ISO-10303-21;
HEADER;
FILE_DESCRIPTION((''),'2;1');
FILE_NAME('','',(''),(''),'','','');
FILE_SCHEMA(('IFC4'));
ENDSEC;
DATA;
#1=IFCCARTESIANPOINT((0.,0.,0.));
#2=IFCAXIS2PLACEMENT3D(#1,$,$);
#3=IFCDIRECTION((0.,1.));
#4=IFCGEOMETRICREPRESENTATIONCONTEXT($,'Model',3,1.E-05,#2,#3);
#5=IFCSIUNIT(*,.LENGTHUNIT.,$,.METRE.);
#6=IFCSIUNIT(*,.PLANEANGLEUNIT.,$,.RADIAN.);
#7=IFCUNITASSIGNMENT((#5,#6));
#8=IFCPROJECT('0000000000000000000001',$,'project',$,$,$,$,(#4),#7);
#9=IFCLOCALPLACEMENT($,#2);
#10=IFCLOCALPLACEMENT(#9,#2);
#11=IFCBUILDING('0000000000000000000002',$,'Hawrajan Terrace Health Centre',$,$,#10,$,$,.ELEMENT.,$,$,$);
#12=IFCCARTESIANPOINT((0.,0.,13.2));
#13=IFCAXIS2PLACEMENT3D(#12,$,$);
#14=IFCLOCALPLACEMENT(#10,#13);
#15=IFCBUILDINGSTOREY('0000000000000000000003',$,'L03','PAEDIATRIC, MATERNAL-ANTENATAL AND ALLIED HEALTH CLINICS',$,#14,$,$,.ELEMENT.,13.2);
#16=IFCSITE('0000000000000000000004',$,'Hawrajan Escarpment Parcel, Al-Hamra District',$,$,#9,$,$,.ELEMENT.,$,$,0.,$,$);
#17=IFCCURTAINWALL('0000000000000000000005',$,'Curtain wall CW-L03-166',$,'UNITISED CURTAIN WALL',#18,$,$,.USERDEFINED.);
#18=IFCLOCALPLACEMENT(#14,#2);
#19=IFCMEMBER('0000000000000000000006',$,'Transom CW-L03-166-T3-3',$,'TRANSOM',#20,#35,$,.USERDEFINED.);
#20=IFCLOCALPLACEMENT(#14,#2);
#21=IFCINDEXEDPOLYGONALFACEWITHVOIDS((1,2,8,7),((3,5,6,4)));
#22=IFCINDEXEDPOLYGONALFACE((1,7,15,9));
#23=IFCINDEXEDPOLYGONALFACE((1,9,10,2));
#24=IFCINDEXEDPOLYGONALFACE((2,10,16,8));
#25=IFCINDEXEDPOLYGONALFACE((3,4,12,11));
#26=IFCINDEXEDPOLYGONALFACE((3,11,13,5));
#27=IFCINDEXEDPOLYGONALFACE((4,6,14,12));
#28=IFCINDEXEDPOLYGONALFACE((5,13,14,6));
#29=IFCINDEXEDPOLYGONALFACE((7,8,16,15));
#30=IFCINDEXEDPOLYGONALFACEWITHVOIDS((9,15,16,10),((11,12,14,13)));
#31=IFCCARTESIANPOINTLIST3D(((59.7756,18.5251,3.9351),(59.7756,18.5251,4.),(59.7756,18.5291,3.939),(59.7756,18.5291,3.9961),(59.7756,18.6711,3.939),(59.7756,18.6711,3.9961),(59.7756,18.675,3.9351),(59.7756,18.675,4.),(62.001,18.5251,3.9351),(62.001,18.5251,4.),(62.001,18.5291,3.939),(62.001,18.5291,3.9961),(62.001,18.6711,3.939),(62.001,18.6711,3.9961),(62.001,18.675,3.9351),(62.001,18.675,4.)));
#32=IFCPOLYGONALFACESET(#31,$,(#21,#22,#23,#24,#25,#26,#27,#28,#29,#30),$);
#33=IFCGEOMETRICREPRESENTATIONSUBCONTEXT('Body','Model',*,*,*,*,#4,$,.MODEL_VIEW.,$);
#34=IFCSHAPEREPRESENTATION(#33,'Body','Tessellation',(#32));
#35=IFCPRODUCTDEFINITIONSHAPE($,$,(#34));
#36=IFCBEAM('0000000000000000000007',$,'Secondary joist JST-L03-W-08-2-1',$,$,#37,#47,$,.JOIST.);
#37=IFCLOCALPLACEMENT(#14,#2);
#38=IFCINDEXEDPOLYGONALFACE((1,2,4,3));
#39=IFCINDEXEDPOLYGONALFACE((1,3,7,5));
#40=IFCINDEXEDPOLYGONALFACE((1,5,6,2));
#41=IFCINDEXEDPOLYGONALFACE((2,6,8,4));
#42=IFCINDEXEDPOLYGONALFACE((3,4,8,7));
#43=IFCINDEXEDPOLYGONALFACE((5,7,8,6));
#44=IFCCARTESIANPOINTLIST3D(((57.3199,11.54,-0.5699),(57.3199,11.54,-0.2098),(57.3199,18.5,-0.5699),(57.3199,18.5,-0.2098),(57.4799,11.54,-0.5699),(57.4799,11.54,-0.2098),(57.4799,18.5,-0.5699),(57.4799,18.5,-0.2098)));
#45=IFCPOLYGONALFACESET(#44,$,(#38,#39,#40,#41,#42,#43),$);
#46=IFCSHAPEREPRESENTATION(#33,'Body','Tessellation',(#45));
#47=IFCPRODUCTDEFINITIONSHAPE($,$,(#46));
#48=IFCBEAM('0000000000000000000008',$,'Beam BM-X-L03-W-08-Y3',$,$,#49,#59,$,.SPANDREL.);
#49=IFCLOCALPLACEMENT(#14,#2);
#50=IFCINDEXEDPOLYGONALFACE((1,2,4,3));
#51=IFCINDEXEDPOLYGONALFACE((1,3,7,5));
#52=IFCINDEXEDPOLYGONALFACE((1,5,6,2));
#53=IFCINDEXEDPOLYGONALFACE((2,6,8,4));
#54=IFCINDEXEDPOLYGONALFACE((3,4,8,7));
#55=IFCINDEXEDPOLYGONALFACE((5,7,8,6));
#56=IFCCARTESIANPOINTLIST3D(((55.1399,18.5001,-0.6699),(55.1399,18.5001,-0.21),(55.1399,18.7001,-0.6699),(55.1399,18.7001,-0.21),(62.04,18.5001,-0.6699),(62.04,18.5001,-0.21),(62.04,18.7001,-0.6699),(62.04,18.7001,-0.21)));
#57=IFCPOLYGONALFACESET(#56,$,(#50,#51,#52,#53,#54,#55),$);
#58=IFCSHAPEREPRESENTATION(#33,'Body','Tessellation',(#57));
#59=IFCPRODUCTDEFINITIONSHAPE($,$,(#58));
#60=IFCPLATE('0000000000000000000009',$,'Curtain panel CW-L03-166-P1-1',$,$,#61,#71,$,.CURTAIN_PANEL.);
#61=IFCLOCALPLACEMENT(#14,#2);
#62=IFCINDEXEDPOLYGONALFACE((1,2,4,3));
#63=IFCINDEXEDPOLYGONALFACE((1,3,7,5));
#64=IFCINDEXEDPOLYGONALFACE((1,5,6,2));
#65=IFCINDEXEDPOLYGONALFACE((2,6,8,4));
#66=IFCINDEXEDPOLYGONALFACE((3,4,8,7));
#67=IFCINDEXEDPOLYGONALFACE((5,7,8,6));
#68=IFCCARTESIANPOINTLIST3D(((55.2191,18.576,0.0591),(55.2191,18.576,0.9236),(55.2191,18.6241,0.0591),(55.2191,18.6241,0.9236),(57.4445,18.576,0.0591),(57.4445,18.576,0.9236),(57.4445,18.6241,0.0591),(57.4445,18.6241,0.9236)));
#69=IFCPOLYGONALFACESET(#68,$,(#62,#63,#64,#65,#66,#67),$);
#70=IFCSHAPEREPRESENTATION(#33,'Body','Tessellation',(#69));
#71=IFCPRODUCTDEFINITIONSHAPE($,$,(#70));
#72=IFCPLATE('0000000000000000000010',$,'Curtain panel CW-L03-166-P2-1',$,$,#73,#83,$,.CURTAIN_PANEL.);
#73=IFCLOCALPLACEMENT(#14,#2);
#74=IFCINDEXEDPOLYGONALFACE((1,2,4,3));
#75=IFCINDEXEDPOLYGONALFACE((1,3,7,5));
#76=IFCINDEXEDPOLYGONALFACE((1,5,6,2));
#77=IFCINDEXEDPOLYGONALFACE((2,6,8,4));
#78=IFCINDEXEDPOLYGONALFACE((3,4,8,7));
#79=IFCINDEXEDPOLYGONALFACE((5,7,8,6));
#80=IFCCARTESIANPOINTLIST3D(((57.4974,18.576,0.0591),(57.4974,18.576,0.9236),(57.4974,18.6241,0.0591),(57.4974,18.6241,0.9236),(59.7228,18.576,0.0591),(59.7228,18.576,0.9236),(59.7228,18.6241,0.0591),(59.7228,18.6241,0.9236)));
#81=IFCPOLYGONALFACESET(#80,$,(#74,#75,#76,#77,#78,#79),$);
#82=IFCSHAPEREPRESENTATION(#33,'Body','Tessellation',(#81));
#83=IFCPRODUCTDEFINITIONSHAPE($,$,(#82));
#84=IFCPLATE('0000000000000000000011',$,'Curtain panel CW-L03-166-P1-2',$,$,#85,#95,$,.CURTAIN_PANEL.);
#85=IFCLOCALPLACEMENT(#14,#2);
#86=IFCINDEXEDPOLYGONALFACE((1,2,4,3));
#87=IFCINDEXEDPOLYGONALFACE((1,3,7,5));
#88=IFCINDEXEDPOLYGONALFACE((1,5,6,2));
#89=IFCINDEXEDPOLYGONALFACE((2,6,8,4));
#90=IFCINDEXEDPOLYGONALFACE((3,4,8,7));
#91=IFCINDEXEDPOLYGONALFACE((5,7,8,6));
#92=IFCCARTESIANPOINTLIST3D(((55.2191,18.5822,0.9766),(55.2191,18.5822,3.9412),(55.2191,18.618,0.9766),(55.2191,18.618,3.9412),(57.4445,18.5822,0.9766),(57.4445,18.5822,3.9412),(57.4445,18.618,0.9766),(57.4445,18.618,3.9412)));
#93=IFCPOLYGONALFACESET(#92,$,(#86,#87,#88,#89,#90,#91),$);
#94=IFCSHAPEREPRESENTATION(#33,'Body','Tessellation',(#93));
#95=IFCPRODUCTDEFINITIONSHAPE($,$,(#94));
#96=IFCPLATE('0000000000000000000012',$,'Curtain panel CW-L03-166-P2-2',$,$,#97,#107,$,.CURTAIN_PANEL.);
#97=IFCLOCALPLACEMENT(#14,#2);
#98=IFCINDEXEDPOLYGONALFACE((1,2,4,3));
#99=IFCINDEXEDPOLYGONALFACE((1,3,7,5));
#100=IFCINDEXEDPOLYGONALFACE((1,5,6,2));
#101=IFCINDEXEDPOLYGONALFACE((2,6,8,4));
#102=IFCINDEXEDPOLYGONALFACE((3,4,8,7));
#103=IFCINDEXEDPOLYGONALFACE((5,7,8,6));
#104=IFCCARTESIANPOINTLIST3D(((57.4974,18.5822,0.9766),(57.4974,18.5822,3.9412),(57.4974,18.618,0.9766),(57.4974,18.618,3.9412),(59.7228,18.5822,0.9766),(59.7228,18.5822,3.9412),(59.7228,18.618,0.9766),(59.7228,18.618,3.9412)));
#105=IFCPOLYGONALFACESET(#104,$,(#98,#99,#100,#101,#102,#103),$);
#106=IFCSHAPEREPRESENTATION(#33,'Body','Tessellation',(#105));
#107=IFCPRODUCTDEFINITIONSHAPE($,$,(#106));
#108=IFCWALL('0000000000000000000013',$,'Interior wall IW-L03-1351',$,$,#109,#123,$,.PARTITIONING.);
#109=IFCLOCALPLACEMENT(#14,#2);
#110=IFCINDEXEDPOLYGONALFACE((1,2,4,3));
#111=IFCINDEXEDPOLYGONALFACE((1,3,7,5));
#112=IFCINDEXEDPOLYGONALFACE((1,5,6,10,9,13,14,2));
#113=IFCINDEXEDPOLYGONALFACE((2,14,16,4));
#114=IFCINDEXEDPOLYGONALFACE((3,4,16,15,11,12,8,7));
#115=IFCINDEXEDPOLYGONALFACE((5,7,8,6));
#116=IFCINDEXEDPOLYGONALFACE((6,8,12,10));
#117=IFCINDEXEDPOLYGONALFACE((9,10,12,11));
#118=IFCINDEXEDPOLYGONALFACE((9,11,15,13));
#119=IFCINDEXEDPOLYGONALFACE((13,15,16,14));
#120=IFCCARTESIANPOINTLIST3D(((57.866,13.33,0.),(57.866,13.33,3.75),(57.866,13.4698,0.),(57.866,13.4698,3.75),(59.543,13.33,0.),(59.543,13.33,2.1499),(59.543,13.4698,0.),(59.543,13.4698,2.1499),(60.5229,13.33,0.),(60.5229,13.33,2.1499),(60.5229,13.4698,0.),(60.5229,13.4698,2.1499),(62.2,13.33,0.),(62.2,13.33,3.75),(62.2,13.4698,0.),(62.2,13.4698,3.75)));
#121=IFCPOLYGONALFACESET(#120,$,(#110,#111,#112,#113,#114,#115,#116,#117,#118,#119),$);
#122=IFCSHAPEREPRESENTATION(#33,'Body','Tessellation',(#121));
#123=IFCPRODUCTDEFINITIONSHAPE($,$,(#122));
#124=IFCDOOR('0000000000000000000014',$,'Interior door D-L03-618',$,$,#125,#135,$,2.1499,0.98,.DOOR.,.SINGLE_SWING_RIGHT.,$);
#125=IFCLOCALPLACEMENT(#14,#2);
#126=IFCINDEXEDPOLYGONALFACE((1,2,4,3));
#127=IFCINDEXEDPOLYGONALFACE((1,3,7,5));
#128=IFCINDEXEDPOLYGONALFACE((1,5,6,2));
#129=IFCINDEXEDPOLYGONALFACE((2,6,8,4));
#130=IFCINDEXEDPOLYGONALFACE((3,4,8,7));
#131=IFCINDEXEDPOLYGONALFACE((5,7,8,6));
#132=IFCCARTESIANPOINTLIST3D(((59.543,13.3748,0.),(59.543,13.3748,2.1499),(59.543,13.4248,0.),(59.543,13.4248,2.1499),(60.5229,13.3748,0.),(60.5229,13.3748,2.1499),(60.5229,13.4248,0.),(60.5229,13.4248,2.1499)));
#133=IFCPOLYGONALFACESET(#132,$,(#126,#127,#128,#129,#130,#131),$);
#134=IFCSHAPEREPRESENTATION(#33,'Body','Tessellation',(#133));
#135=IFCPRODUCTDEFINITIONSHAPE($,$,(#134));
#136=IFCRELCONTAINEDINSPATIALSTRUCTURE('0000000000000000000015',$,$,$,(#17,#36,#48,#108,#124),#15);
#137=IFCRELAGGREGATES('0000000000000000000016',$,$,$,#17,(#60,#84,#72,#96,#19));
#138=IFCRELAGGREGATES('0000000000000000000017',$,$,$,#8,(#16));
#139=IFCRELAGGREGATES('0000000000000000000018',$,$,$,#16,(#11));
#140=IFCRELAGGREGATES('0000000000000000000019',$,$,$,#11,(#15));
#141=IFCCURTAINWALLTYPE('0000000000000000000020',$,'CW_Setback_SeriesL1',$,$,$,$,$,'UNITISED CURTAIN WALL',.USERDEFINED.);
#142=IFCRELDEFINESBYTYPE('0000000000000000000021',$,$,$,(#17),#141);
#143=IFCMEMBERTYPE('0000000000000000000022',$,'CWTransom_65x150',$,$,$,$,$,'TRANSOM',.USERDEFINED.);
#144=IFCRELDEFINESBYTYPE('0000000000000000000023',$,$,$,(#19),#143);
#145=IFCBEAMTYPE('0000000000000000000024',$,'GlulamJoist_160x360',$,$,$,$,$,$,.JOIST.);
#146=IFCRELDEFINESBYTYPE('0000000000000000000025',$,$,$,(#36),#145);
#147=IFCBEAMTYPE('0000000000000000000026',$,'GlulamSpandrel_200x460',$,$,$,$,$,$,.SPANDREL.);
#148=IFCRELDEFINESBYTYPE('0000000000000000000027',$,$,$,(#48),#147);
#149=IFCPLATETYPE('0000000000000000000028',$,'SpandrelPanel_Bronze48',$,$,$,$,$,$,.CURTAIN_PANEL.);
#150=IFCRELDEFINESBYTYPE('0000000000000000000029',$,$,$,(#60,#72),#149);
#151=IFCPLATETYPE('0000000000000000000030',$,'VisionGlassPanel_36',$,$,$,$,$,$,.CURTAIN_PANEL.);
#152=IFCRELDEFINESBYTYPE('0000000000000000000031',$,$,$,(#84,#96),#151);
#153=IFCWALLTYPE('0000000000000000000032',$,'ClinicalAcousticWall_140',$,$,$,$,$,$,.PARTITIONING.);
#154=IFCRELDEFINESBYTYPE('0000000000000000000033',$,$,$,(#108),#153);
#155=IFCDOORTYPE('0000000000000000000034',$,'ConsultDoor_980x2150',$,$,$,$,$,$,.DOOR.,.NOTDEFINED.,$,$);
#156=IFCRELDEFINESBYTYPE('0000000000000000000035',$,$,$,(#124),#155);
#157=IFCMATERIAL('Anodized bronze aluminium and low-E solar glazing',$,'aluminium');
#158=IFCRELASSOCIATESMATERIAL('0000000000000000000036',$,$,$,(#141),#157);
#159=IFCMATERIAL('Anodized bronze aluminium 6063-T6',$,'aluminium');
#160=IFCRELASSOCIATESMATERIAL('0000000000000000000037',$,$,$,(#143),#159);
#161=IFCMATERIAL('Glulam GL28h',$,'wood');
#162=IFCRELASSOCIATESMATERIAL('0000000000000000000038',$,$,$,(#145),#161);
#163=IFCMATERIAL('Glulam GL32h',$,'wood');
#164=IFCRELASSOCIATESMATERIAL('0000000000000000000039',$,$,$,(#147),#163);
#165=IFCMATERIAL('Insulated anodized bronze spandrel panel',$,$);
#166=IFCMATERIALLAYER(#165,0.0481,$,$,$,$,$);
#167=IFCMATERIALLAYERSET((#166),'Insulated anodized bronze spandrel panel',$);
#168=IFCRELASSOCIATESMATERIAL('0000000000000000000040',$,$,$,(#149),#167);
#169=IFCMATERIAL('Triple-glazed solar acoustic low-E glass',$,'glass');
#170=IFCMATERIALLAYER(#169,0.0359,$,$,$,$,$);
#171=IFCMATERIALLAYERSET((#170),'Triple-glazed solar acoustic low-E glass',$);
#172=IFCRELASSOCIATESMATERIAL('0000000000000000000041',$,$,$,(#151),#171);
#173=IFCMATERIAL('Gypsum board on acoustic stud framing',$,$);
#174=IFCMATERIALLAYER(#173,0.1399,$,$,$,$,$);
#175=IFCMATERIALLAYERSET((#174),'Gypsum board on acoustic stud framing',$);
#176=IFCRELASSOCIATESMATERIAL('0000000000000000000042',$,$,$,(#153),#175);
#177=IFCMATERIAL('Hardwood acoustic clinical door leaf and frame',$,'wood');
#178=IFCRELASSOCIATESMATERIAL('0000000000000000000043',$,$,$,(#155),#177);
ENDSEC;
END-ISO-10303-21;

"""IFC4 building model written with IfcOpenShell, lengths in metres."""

from ifc_helpers import new_model, si_unit, direction, frame, frame_2d, origin, origin_2d, place, context, subcontext, project, spatial, rectangle, hollow_rectangle, extrude, material, layer, layer_set, material_profile, profile_set, type_object, element, fill, aggregate, save


model = new_model("IFC4")

# Units and contexts
model_context = context("Model", 3, precision=1e-05, world=origin(), true_north=direction((0.0, 1.0)))
body_context = subcontext(model_context, "Body", "Model", "MODEL_VIEW")
ifc_project = project(units=[si_unit("LENGTHUNIT", "METRE"), si_unit("PLANEANGLEUNIT", "RADIAN")], contexts=[model_context])

# Site, building, storey
site_placement = place(None, origin())
site = spatial("IfcSite", under=ifc_project, at=site_placement, Name="Hawrajan Escarpment Parcel, Al-Hamra District", CompositionType="ELEMENT", RefElevation=0.0)
building_placement = place(site_placement, origin())
building = spatial("IfcBuilding", under=site, at=building_placement, Name="Hawrajan Terrace Health Centre", CompositionType="ELEMENT")
storey_placement = place(building_placement, frame((0.0, 0.0, 13.2)))
storey = spatial("IfcBuildingStorey", under=building, at=storey_placement, Name="L03", Description="PAEDIATRIC, MATERNAL-ANTENATAL AND ALLIED HEALTH CLINICS", CompositionType="ELEMENT", Elevation=13.2)

# Curtain wall, member
ifc_material_1 = material(Name="Anodized bronze aluminium and low-E solar glazing", Category="aluminium")
curtain_wall_type = type_object("IfcCurtainWallType", Name="CW_Setback_SeriesL1", ElementType="UNITISED CURTAIN WALL", PredefinedType="USERDEFINED", material=ifc_material_1)
curtain_wall_placement = place(storey_placement, origin())
curtain_wall = element("IfcCurtainWall", 1, at=curtain_wall_placement, inside=storey, type_object=curtain_wall_type, Name="Curtain wall CW-L03-166", ObjectType="UNITISED CURTAIN WALL", PredefinedType="USERDEFINED")
ifc_material_2 = material(Name="Anodized bronze aluminium 6063-T6", Category="aluminium")
ifc_material_profile_1 = material_profile(ifc_material_2, hollow_rectangle(XDim=0.0649, YDim=0.1499, WallThickness=0.0039, at=origin_2d()), Name="CW TRN 65x150")
ifc_profile_set_1 = profile_set([ifc_material_profile_1], Name="Anodized bronze aluminium 6063-T6")
member_type_1 = type_object("IfcMemberType", Name="CWTransom_65x150", ElementType="TRANSOM", PredefinedType="USERDEFINED", material=ifc_profile_set_1)
member_1_placement = place(storey_placement, frame((59.7756, 18.6001, 3.9675), z_axis=(1.0, 0.0, 0.0), x_axis=(0.0, 0.0, 1.0)))
member_1 = element("IfcMember", 2, at=member_1_placement, type_object=member_type_1, Name="Transom CW-L03-166-T3-3", ObjectType="TRANSOM", PredefinedType="USERDEFINED", context=body_context, shape_type="SweptSolid", body=[
    extrude(hollow_rectangle(XDim=0.0649, YDim=0.1499, WallThickness=0.0039, at=origin_2d()), origin(), (0.0, 0.0, 1.0), 2.2253),
])

# Beams
ifc_material_3 = material(Name="Glulam GL28h", Category="wood")
ifc_material_profile_2 = material_profile(ifc_material_3, rectangle(XDim=0.1599, YDim=0.3601, at=origin_2d()), Name="GL JST 160x360")
ifc_profile_set_2 = profile_set([ifc_material_profile_2], Name="Glulam GL28h")
beam_type_1 = type_object("IfcBeamType", Name="GlulamJoist_160x360", PredefinedType="JOIST", material=ifc_profile_set_2)
beam_1_placement = place(storey_placement, frame((57.3999, 11.54, -0.3899), z_axis=(0.0, 1.0, 0.0), x_axis=(-1.0, 0.0, 0.0)))
element("IfcBeam", 3, at=beam_1_placement, inside=storey, type_object=beam_type_1, Name="Secondary joist JST-L03-W-08-2-1", PredefinedType="JOIST", context=body_context, shape_type="SweptSolid", body=[
    extrude(rectangle(XDim=0.1599, YDim=0.3601, at=origin_2d()), origin(), (0.0, 0.0, 1.0), 6.96),
])
ifc_material_4 = material(Name="Glulam GL32h", Category="wood")
ifc_material_profile_3 = material_profile(ifc_material_4, rectangle(XDim=0.2, YDim=0.46, at=origin_2d()), Name="GL SP 200x460")
ifc_profile_set_3 = profile_set([ifc_material_profile_3], Name="Glulam GL32h")
beam_type_2 = type_object("IfcBeamType", Name="GlulamSpandrel_200x460", PredefinedType="SPANDREL", material=ifc_profile_set_3)
beam_2_placement = place(storey_placement, frame((55.1399, 18.6001, -0.4399), z_axis=(1.0, 0.0, 0.0), x_axis=(0.0, 1.0, 0.0)))
element("IfcBeam", 4, at=beam_2_placement, inside=storey, type_object=beam_type_2, Name="Beam BM-X-L03-W-08-Y3", PredefinedType="SPANDREL", context=body_context, shape_type="SweptSolid", body=[
    extrude(rectangle(XDim=0.2, YDim=0.46, at=origin_2d()), origin(), (0.0, 0.0, 1.0), 6.9001),
])

# Plates
ifc_material_5 = material(Name="Insulated anodized bronze spandrel panel")
ifc_layer_1 = layer(ifc_material_5, 0.0481)
ifc_layer_set_1 = layer_set([ifc_layer_1], Name="Insulated anodized bronze spandrel panel")
plate_type_1 = type_object("IfcPlateType", Name="SpandrelPanel_Bronze48", PredefinedType="CURTAIN_PANEL", material=ifc_layer_set_1)
plate_1_placement = place(storey_placement, frame((56.3318, 18.6001, 0.0591), z_axis=(0.0, 0.0, 1.0), x_axis=(1.0, 0.0, 0.0)))
plate_1 = element("IfcPlate", 5, at=plate_1_placement, type_object=plate_type_1, Name="Curtain panel CW-L03-166-P1-1", PredefinedType="CURTAIN_PANEL", context=body_context, shape_type="SweptSolid", body=[
    extrude(rectangle(XDim=2.2253, YDim=0.0481, at=origin_2d()), origin(), (0.0, 0.0, 1.0), 0.8645),
])
plate_2_placement = place(storey_placement, frame((58.6101, 18.6001, 0.0591), z_axis=(0.0, 0.0, 1.0), x_axis=(1.0, 0.0, 0.0)))
plate_2 = element("IfcPlate", 6, at=plate_2_placement, type_object=plate_type_1, Name="Curtain panel CW-L03-166-P2-1", PredefinedType="CURTAIN_PANEL", context=body_context, shape_type="SweptSolid", body=[
    extrude(rectangle(XDim=2.2253, YDim=0.0481, at=origin_2d()), origin(), (0.0, 0.0, 1.0), 0.8645),
])
ifc_material_6 = material(Name="Triple-glazed solar acoustic low-E glass", Category="glass")
ifc_layer_2 = layer(ifc_material_6, 0.0359)
ifc_layer_set_2 = layer_set([ifc_layer_2], Name="Triple-glazed solar acoustic low-E glass")
plate_type_2 = type_object("IfcPlateType", Name="VisionGlassPanel_36", PredefinedType="CURTAIN_PANEL", material=ifc_layer_set_2)
plate_3_placement = place(storey_placement, frame((56.3318, 18.6001, 0.9766), z_axis=(0.0, 0.0, 1.0), x_axis=(1.0, 0.0, 0.0)))
plate_3 = element("IfcPlate", 7, at=plate_3_placement, type_object=plate_type_2, Name="Curtain panel CW-L03-166-P1-2", PredefinedType="CURTAIN_PANEL", context=body_context, shape_type="SweptSolid", body=[
    extrude(rectangle(XDim=2.2253, YDim=0.0359, at=origin_2d()), origin(), (0.0, 0.0, 1.0), 2.9646),
])
plate_4_placement = place(storey_placement, frame((58.6101, 18.6001, 0.9766), z_axis=(0.0, 0.0, 1.0), x_axis=(1.0, 0.0, 0.0)))
plate_4 = element("IfcPlate", 8, at=plate_4_placement, type_object=plate_type_2, Name="Curtain panel CW-L03-166-P2-2", PredefinedType="CURTAIN_PANEL", context=body_context, shape_type="SweptSolid", body=[
    extrude(rectangle(XDim=2.2253, YDim=0.0359, at=origin_2d()), origin(), (0.0, 0.0, 1.0), 2.9646),
])
aggregate(curtain_wall, [plate_1, plate_3, plate_2, plate_4, member_1])

# Shared definitions
ifc_material_7 = material(Name="Gypsum board on acoustic stud framing")
ifc_layer_3 = layer(ifc_material_7, 0.1399)
ifc_layer_set_3 = layer_set([ifc_layer_3], Name="Gypsum board on acoustic stud framing")
wall_type = type_object("IfcWallType", Name="ClinicalAcousticWall_140", PredefinedType="PARTITIONING", material=ifc_layer_set_3)

# Wall, opening, door
wall_1_placement = place(storey_placement, frame((57.866, 13.3999, 0.0), z_axis=(0.0, 0.0, 1.0), x_axis=(1.0, 0.0, 0.0)))
wall_1 = element("IfcWall", 9, at=wall_1_placement, inside=storey, type_object=wall_type, Name="Interior wall IW-L03-1351", PredefinedType="PARTITIONING", context=body_context, shape_type="SweptSolid", body=[
    extrude(rectangle(XDim=4.334, YDim=0.1399, at=frame_2d((2.167, 0.0))), origin(), (0.0, 0.0, 1.0), 3.75),
])
opening_placement = place(wall_1_placement, frame((1.677, 0.0, 0.0)))
opening = element("IfcOpeningElement", 10, at=opening_placement, cuts=wall_1, PredefinedType="OPENING", context=body_context, shape_type="SweptSolid", body=[
    extrude(rectangle(XDim=0.98, YDim=2.1499, at=frame_2d((0.49, 1.075))), frame((0.0, 0.0798, 0.0), z_axis=(0.0, -1.0, 0.0), x_axis=(1.0, 0.0, 0.0)), (0.0, 0.0, 1.0), 0.1599),
])
ifc_material_8 = material(Name="Hardwood acoustic clinical door leaf and frame", Category="wood")
door_type = type_object("IfcDoorType", Name="ConsultDoor_980x2150", OperationType="NOTDEFINED", PredefinedType="DOOR", material=ifc_material_8)
door_placement = place(opening_placement, origin())
door = element("IfcDoor", 11, at=door_placement, inside=storey, type_object=door_type, Name="Interior door D-L03-618", OperationType="SINGLE_SWING_RIGHT", OverallHeight=2.1499, OverallWidth=0.98, PredefinedType="DOOR", context=body_context, shape_type="SweptSolid", body=[
    extrude(rectangle(XDim=0.98, YDim=2.1499, at=frame_2d((0.49, 1.075))), frame((0.0, 0.0249, 0.0), z_axis=(0.0, -1.0, 0.0), x_axis=(1.0, 0.0, 0.0)), (0.0, 0.0, 1.0), 0.05),
])
fill(opening, door)

save(model, "model.ifc")
